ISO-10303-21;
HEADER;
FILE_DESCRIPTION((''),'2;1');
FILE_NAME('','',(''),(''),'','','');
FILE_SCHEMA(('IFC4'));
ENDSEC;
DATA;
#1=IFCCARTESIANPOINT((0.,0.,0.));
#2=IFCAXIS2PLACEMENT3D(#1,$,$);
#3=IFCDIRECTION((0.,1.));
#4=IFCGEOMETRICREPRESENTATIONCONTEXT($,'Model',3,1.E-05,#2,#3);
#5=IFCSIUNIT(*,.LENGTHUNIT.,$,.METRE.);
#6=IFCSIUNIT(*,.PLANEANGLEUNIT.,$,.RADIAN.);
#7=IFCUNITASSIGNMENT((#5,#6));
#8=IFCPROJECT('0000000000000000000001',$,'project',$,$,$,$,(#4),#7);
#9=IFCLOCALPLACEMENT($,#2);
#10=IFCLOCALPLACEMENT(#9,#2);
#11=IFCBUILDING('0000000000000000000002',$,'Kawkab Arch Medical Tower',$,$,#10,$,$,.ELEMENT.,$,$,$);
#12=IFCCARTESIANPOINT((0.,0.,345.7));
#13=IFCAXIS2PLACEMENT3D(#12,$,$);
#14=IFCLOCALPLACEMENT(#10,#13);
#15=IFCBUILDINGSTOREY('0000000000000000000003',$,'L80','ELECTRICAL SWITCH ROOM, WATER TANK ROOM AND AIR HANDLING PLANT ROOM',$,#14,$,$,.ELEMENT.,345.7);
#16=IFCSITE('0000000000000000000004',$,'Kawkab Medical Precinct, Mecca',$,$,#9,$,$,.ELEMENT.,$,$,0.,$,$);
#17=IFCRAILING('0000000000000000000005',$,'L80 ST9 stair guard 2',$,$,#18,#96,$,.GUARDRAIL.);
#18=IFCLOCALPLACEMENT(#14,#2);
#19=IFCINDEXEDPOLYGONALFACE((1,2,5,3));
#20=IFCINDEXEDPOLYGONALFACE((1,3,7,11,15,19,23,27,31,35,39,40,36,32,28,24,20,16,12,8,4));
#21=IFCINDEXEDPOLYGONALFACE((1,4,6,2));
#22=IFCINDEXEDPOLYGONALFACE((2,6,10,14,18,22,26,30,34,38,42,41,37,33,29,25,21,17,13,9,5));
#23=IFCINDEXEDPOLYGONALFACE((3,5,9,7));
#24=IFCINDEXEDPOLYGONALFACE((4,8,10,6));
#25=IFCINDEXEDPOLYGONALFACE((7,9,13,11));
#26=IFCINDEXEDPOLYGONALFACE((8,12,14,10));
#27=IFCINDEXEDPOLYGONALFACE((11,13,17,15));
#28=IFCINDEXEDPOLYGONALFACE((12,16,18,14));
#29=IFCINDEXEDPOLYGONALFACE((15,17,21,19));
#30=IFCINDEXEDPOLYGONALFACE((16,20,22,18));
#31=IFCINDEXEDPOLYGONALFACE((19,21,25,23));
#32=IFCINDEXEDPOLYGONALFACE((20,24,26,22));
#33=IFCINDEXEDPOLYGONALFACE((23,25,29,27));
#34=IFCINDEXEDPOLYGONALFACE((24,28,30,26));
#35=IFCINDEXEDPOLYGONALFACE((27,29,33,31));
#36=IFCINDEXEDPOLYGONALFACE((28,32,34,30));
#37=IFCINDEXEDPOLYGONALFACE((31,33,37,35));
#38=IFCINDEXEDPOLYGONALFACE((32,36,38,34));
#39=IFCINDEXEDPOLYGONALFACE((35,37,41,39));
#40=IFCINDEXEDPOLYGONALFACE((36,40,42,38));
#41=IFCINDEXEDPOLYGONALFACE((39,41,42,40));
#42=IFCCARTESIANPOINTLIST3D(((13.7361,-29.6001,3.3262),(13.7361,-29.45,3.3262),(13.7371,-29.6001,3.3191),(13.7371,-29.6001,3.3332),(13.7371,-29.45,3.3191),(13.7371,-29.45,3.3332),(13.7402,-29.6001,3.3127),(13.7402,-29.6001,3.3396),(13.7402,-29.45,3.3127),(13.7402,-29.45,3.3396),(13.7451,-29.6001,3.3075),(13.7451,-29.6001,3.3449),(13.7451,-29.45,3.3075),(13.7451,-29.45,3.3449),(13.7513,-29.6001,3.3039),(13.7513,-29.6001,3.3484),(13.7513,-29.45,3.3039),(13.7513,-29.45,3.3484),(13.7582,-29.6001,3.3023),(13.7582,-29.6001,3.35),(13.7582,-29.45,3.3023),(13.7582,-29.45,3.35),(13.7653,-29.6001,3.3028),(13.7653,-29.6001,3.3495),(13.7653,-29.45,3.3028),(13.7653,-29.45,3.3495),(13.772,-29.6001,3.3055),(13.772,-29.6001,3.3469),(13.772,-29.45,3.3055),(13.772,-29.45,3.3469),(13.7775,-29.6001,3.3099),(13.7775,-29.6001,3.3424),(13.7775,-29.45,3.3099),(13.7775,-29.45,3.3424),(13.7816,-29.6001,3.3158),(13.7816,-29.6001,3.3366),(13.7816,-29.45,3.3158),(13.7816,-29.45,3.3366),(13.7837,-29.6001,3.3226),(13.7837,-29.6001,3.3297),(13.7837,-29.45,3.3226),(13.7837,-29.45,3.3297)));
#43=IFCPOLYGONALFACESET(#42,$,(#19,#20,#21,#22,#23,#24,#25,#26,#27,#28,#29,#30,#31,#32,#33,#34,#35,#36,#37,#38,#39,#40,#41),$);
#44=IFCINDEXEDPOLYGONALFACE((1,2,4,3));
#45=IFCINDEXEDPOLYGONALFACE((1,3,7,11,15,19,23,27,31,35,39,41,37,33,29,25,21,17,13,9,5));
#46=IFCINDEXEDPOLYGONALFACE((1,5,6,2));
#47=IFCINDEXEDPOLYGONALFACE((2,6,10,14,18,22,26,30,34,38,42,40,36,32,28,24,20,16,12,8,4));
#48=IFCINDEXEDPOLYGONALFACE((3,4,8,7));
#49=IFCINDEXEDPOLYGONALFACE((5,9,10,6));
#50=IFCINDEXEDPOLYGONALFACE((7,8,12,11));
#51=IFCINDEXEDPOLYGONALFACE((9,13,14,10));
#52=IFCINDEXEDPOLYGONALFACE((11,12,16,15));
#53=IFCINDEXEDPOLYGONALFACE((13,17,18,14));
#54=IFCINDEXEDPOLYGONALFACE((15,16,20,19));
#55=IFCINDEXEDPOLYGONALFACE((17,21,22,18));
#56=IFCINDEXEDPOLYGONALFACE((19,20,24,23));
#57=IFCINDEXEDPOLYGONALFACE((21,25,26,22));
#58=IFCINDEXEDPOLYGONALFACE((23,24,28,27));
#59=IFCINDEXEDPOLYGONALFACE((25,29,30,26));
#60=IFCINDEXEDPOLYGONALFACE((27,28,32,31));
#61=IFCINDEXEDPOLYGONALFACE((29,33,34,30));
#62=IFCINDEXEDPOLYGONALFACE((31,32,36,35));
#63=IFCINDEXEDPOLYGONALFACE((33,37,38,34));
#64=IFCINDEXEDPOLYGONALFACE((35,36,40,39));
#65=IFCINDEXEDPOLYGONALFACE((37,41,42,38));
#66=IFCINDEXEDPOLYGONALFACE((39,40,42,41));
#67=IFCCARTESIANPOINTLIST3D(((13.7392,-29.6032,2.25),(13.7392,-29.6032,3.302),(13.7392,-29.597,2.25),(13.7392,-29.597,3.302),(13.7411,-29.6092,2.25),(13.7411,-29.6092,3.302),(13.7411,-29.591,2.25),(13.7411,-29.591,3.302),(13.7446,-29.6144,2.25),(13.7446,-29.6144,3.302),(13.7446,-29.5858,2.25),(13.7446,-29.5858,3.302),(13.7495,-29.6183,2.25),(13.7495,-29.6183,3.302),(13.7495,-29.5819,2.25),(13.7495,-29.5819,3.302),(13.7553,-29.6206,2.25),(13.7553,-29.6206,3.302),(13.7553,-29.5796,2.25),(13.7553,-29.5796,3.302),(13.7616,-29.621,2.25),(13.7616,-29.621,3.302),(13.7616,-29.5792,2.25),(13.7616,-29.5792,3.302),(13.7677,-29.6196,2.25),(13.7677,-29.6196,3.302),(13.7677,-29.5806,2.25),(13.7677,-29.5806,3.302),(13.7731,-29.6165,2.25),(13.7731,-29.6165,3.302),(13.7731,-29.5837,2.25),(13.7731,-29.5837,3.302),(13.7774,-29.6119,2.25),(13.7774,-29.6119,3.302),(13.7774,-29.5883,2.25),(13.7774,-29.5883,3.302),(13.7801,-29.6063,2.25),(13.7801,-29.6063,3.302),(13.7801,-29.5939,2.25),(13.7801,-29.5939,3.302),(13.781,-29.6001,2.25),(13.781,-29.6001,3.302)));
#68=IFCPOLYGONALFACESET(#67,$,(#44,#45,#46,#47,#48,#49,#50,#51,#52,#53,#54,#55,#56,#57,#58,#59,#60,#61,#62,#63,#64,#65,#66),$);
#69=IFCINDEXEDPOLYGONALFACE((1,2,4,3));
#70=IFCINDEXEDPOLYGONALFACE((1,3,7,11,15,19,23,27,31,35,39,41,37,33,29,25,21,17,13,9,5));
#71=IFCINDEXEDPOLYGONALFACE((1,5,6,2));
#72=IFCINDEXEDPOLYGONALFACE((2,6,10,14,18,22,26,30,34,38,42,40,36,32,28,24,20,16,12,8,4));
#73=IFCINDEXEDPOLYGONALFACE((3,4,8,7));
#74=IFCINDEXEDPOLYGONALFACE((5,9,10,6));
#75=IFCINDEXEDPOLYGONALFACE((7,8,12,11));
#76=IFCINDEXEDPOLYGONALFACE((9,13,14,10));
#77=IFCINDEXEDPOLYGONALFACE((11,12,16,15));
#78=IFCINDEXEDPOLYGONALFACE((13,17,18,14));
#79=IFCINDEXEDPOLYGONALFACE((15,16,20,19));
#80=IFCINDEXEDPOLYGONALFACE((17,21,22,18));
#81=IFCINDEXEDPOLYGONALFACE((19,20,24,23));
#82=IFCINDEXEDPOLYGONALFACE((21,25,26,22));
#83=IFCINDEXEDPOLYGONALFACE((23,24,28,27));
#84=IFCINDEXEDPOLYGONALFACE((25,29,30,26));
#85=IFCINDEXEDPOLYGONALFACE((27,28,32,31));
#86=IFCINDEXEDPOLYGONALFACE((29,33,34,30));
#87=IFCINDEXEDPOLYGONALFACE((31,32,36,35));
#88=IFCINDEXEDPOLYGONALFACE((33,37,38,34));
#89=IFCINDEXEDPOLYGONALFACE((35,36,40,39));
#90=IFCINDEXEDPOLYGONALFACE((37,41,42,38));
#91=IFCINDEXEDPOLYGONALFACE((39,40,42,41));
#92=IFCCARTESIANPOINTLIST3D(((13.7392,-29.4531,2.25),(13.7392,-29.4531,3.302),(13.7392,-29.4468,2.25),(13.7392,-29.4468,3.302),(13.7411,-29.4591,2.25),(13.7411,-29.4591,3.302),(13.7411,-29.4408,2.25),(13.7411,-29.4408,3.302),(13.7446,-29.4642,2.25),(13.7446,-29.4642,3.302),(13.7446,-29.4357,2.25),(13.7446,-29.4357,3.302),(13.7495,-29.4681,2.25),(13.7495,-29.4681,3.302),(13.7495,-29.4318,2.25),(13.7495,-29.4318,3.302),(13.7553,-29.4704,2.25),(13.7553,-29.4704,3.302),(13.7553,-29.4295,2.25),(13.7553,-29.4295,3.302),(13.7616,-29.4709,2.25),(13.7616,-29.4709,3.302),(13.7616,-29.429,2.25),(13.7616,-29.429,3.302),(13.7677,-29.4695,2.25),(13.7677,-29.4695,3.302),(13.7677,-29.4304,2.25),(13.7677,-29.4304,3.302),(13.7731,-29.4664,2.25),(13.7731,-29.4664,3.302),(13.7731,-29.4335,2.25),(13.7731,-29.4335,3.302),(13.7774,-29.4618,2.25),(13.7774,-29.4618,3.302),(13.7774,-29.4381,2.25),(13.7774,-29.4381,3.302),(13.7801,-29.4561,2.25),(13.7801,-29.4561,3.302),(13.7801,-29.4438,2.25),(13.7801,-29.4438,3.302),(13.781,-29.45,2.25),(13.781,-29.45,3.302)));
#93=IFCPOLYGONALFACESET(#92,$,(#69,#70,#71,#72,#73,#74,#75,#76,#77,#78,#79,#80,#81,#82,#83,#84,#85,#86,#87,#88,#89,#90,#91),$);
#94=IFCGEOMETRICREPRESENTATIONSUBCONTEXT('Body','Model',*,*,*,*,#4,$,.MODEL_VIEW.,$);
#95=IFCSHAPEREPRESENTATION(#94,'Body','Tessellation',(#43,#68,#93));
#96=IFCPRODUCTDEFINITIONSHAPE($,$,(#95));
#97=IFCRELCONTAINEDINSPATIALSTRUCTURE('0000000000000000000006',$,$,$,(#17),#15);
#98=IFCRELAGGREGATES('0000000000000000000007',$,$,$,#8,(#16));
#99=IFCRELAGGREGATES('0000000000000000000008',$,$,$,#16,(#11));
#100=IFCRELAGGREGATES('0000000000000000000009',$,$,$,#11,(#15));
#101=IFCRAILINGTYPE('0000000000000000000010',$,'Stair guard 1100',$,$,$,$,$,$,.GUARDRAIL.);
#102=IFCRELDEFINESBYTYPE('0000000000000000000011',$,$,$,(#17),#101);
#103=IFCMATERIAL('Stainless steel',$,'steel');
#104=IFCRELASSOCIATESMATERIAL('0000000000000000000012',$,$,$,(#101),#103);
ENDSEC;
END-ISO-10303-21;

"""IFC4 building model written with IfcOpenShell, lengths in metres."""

from ifc_helpers import new_model, si_unit, direction, frame, origin, origin_2d, place, context, subcontext, project, spatial, circle, extrude, material, type_object, element, save


model = new_model("IFC4")

# Units and contexts
model_context = context("Model", 3, precision=1e-05, world=origin(), true_north=direction((0.0, 1.0)))
body_context = subcontext(model_context, "Body", "Model", "MODEL_VIEW")
ifc_project = project(units=[si_unit("LENGTHUNIT", "METRE"), si_unit("PLANEANGLEUNIT", "RADIAN")], contexts=[model_context])

# Site, building, storey
site_placement = place(None, origin())
site = spatial("IfcSite", under=ifc_project, at=site_placement, Name="Kawkab Medical Precinct, Mecca", CompositionType="ELEMENT", RefElevation=0.0)
building_placement = place(site_placement, origin())
building = spatial("IfcBuilding", under=site, at=building_placement, Name="Kawkab Arch Medical Tower", CompositionType="ELEMENT")
storey_placement = place(building_placement, frame((0.0, 0.0, 345.7)))
storey = spatial("IfcBuildingStorey", under=building, at=storey_placement, Name="L80", Description="ELECTRICAL SWITCH ROOM, WATER TANK ROOM AND AIR HANDLING PLANT ROOM", CompositionType="ELEMENT", Elevation=345.7)

# Railing
ifc_material_1 = material(Name="Stainless steel", Category="steel")
railing_type = type_object("IfcRailingType", Name="Stair guard 1100", PredefinedType="GUARDRAIL", material=ifc_material_1)
railing_1_placement = place(storey_placement, frame((13.76, -29.6001, 2.25)))
element("IfcRailing", 1, at=railing_1_placement, inside=storey, type_object=railing_type, Name="L80 ST9 stair guard 2", PredefinedType="GUARDRAIL", context=body_context, shape_type="SweptSolid", body=[
    extrude(circle(Radius=0.0239, at=origin_2d()), frame((0.0, 0.0, 1.0762), z_axis=(0.0, 1.0, 0.0), x_axis=(-1.0, 0.0, 0.0)), (0.0, 0.0, 1.0), 0.1501),
    extrude(circle(Radius=0.021, at=origin_2d()), origin(), (0.0, 0.0, 1.0), 1.052),
    extrude(circle(Radius=0.021, at=origin_2d()), frame((0.0, 0.1501, 0.0)), (0.0, 0.0, 1.0), 1.052),
])

save(model, "model.ifc")
